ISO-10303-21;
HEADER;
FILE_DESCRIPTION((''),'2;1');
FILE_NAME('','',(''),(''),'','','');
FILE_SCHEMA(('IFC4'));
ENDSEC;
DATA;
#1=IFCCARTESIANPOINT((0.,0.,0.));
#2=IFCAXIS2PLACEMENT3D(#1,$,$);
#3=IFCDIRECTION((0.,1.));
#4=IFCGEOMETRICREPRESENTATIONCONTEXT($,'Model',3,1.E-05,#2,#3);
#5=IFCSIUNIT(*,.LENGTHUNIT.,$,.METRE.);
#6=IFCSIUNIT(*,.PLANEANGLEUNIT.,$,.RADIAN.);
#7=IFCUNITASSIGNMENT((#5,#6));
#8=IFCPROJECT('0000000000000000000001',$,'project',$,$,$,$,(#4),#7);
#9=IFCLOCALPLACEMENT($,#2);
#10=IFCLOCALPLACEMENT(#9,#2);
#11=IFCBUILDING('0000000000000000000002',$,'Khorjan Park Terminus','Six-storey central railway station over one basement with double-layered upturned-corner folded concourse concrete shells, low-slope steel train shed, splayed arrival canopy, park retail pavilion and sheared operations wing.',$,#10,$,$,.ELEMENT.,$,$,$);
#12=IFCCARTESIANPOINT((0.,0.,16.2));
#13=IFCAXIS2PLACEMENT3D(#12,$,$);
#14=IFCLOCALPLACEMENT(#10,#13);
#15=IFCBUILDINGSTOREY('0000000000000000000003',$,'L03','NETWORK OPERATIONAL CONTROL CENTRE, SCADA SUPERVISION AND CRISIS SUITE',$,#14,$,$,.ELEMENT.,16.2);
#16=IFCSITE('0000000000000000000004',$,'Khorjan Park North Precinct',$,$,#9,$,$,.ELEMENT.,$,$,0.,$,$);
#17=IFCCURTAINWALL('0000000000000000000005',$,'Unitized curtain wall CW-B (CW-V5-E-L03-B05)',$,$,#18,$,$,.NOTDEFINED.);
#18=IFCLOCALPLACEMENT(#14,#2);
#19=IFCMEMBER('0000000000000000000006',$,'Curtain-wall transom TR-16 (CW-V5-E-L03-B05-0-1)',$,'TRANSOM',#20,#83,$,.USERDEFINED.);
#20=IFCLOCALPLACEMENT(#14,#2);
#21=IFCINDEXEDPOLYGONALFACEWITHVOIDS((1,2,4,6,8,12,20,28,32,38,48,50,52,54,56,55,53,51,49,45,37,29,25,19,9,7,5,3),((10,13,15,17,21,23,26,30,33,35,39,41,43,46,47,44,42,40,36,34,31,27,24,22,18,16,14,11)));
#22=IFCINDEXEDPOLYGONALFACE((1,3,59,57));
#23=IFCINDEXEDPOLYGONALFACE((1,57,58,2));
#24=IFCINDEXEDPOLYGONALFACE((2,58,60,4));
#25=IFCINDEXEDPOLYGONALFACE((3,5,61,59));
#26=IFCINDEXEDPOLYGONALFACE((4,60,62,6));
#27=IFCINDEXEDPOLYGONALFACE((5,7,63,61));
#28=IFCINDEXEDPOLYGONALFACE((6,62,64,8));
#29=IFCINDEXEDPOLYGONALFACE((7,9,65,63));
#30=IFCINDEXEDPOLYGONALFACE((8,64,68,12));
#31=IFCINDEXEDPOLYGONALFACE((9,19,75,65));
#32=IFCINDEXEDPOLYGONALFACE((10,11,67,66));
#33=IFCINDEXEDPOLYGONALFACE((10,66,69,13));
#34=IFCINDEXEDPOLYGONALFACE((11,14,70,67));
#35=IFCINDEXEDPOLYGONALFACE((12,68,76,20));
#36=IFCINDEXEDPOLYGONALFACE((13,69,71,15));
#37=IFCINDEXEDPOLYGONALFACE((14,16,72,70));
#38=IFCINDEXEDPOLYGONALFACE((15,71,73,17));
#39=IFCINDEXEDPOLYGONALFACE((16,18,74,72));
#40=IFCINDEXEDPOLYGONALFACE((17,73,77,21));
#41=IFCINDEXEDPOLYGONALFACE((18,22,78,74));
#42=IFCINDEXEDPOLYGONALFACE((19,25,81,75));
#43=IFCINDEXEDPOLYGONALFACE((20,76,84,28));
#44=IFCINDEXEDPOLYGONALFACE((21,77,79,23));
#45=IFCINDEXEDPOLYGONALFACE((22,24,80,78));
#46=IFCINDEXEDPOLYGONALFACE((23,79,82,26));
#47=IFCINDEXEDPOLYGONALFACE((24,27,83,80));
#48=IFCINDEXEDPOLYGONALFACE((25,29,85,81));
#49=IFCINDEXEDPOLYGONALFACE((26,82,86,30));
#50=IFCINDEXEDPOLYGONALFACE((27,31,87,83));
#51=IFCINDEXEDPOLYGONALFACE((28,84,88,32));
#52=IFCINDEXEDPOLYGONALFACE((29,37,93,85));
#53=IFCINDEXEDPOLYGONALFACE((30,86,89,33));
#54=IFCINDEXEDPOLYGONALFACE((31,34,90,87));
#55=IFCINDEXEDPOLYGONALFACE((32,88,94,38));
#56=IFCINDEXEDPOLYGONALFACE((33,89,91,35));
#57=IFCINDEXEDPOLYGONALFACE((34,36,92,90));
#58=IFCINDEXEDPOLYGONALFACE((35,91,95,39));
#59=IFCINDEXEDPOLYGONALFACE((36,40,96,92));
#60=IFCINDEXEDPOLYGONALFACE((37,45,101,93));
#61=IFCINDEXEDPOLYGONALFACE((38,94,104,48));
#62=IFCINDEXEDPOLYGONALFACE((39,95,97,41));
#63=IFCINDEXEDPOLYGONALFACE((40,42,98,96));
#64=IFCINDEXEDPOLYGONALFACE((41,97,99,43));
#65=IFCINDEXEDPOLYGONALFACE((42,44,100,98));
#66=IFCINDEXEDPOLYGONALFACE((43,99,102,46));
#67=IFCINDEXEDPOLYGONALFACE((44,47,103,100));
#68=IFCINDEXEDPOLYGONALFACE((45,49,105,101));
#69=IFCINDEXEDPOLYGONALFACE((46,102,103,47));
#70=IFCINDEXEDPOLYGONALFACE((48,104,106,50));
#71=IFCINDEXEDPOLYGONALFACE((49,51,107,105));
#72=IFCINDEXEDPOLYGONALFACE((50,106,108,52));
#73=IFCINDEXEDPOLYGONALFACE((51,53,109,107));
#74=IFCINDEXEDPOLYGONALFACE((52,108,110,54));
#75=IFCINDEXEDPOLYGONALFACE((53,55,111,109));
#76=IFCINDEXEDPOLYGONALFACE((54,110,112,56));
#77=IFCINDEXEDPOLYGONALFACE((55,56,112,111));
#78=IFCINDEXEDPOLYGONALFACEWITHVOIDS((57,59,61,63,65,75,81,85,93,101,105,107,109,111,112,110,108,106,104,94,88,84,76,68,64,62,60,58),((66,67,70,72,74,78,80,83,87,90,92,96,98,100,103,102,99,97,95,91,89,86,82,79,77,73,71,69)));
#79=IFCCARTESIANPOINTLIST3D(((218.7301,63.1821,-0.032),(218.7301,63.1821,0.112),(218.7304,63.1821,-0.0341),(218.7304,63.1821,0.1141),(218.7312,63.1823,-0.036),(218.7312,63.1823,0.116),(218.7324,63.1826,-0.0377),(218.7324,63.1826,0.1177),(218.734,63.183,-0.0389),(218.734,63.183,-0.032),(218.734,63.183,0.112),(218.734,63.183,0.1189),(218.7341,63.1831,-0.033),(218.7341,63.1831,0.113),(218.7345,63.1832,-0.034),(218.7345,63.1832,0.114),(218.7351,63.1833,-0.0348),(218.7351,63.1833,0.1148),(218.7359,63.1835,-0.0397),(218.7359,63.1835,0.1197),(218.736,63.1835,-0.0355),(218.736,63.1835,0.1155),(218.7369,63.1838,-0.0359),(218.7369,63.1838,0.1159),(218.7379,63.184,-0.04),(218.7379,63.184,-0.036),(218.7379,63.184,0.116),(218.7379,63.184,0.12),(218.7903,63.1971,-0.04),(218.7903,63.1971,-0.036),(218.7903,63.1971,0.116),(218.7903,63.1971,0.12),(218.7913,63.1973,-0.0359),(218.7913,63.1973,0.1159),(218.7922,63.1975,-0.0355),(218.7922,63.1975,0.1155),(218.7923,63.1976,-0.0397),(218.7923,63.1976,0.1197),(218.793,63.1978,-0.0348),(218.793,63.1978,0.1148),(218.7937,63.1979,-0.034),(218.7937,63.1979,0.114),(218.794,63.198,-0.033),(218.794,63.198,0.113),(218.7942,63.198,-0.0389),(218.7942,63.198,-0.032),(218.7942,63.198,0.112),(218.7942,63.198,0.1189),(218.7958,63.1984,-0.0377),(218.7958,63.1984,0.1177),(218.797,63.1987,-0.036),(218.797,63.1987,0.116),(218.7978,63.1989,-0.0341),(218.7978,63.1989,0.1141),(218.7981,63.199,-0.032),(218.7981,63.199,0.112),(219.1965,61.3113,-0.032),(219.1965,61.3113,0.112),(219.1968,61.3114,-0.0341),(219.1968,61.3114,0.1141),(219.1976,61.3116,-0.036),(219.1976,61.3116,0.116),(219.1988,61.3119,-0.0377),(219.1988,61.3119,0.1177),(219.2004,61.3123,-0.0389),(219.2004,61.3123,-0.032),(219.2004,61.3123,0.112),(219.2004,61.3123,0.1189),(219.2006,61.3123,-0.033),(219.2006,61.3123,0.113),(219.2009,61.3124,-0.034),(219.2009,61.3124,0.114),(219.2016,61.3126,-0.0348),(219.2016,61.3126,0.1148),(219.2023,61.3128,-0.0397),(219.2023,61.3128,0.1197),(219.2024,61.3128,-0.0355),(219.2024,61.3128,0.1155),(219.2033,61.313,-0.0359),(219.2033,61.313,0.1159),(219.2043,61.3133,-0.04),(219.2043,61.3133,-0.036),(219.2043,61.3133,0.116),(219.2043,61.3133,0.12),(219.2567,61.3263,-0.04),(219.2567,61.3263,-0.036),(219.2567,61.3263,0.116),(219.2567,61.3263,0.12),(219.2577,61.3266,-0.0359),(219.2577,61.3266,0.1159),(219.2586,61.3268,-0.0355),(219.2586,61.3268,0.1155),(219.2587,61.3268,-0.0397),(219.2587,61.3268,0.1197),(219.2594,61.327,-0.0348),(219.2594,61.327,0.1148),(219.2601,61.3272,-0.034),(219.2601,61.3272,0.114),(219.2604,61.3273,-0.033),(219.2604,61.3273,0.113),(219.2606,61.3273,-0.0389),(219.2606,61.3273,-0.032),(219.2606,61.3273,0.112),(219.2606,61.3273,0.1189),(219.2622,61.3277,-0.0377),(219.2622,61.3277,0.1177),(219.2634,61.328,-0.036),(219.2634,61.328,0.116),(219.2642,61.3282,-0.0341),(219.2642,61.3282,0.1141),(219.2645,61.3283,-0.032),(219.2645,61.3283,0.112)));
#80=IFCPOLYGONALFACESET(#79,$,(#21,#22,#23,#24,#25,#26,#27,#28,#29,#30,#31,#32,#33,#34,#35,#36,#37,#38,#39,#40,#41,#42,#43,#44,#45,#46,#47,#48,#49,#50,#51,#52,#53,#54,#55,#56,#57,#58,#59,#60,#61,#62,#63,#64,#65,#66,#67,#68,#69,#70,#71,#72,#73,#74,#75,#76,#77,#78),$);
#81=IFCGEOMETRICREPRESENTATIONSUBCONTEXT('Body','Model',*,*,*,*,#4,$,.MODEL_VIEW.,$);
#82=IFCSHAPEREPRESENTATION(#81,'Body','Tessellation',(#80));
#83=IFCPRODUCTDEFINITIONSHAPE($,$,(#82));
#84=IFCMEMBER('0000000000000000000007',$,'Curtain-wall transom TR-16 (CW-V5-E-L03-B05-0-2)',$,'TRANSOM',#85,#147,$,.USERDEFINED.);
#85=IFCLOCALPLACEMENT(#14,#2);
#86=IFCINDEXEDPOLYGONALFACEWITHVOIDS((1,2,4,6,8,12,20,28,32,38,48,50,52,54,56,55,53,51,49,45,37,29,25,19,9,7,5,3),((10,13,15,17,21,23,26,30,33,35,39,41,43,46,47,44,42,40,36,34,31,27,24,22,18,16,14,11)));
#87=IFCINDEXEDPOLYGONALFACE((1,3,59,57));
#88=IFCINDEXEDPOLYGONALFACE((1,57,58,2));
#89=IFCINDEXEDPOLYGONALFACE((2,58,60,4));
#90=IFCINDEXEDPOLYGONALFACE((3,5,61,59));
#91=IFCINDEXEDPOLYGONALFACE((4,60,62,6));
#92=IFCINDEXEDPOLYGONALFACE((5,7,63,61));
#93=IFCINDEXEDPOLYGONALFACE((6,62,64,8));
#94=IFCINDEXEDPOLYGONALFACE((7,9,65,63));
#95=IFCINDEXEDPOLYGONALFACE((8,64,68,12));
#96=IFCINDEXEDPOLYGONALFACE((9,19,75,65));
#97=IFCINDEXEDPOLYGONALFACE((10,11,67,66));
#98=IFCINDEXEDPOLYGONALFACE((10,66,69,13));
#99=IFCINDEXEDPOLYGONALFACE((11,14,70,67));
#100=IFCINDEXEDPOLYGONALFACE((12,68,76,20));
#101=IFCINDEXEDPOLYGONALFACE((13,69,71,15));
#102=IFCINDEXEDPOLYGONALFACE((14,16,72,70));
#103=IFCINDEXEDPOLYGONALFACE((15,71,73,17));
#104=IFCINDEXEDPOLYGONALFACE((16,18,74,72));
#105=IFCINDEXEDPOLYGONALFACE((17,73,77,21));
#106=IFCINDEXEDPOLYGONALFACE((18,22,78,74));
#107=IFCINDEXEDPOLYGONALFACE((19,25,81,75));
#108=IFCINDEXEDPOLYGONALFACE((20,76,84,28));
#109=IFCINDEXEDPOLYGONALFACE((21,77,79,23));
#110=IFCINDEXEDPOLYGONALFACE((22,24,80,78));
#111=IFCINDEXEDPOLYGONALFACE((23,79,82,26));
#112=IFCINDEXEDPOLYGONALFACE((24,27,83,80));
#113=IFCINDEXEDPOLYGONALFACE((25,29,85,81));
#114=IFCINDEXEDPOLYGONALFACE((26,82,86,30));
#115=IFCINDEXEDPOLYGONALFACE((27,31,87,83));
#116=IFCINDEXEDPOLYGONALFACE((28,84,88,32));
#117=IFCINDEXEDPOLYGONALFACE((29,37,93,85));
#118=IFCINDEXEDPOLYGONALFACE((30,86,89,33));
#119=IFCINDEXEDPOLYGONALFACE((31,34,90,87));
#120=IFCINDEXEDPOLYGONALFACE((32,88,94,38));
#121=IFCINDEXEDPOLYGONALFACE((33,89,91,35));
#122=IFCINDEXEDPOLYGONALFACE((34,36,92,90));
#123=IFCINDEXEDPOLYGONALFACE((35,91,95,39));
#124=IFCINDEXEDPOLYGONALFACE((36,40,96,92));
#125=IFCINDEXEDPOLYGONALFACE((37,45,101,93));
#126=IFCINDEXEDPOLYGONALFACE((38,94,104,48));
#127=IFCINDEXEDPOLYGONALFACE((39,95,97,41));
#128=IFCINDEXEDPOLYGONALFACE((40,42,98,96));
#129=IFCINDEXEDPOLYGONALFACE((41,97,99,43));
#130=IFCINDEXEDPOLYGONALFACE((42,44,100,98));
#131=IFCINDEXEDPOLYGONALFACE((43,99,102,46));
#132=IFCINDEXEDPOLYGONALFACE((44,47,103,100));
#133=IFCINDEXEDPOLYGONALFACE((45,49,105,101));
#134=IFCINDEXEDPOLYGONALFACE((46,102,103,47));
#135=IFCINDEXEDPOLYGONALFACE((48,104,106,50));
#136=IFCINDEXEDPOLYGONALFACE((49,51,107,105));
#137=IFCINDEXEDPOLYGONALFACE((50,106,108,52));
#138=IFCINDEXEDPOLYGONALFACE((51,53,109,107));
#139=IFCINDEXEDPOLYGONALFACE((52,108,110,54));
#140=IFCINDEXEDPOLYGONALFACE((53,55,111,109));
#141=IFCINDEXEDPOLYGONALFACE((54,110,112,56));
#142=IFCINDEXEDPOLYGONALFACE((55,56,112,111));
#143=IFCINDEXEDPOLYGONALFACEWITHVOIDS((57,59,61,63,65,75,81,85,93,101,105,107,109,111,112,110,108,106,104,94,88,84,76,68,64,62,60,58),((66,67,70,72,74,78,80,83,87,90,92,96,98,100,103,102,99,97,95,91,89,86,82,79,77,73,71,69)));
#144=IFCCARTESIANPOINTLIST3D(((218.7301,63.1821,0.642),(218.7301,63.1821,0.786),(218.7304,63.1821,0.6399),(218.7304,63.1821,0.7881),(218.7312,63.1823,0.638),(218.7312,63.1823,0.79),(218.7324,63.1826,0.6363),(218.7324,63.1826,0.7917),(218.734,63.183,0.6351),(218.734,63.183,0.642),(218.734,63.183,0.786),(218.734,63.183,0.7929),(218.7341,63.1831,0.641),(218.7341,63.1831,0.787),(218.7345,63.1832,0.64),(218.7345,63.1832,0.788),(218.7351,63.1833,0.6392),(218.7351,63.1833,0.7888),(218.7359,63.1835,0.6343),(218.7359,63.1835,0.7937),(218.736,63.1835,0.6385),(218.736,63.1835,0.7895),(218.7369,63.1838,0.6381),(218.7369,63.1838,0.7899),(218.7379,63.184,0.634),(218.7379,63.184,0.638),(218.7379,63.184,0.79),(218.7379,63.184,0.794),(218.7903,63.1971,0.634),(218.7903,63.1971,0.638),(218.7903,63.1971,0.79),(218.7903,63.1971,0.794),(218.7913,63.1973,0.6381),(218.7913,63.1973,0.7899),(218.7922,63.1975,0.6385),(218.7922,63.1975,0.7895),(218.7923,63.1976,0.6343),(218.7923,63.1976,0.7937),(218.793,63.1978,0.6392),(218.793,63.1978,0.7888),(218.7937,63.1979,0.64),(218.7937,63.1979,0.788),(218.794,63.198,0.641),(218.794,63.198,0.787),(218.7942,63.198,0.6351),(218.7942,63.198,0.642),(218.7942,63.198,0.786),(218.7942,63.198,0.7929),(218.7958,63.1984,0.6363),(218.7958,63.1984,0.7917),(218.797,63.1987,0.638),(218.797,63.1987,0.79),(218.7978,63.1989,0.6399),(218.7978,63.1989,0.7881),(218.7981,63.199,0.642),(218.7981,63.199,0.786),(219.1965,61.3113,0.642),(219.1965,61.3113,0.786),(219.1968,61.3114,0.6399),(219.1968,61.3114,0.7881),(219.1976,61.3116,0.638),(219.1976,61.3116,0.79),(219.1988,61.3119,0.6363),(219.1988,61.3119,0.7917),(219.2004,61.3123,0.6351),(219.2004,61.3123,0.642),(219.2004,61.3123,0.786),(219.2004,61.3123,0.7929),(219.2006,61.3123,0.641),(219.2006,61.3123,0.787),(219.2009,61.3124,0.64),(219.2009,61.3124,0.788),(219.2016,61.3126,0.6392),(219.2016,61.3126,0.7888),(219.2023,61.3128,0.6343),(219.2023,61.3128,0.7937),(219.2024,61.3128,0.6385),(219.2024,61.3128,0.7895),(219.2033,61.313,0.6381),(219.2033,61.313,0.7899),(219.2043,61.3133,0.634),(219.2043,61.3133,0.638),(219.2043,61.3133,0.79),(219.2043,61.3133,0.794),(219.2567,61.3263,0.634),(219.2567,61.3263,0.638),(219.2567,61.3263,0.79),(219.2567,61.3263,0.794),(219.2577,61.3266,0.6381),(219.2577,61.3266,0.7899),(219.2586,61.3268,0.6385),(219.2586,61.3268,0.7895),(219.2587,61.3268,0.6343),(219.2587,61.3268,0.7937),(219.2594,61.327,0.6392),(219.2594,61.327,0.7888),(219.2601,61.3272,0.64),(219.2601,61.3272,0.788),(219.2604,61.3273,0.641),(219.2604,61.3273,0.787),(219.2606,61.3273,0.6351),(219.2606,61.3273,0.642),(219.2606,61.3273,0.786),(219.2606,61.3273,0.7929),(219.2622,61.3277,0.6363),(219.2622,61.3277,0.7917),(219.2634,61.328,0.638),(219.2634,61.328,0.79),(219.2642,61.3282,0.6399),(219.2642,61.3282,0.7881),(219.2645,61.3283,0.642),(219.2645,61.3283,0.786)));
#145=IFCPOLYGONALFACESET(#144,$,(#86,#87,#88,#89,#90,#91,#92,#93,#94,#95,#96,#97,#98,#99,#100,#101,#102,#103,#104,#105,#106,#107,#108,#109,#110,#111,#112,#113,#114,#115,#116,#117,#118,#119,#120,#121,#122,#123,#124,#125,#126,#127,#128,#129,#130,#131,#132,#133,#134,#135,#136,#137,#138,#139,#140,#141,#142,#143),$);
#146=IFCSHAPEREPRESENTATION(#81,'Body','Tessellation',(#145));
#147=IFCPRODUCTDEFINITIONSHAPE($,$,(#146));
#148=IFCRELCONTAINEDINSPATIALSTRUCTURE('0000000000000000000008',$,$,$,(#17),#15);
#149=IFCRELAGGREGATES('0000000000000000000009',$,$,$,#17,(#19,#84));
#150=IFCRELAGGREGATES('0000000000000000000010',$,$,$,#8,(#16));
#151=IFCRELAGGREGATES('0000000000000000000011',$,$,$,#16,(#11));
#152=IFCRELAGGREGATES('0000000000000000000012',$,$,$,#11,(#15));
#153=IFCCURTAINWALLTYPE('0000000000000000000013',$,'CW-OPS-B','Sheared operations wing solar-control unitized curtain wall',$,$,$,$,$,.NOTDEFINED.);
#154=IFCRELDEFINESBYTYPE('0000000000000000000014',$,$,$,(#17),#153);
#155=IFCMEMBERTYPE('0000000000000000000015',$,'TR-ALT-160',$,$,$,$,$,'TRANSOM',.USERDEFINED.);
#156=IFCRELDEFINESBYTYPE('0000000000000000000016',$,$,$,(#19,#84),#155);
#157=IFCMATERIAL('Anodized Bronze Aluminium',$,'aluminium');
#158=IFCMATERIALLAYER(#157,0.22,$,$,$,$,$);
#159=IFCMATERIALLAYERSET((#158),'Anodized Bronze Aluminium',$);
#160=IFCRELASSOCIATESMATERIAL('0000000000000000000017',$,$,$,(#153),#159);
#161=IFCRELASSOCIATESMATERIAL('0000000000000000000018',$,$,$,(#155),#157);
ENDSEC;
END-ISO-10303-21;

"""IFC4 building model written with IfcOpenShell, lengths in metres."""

from ifc_helpers import new_model, si_unit, direction, frame, origin, origin_2d, place, context, subcontext, project, spatial, hollow_rectangle, extrude, material, layer, layer_set, material_profile, profile_set, type_object, element, aggregate, save


model = new_model("IFC4")

# Units and contexts
model_context = context("Model", 3, precision=1e-05, world=origin(), true_north=direction((0.0, 1.0)))
body_context = subcontext(model_context, "Body", "Model", "MODEL_VIEW")
ifc_project = project(units=[si_unit("LENGTHUNIT", "METRE"), si_unit("PLANEANGLEUNIT", "RADIAN")], contexts=[model_context])

# Site, building, storey
site_placement = place(None, origin())
site = spatial("IfcSite", under=ifc_project, at=site_placement, Name="Khorjan Park North Precinct", CompositionType="ELEMENT", RefElevation=0.0)
building_placement = place(site_placement, origin())
building = spatial("IfcBuilding", under=site, at=building_placement, Name="Khorjan Park Terminus", Description="Six-storey central railway station over one basement with double-layered upturned-corner folded concourse concrete shells, low-slope steel train shed, splayed arrival canopy, park retail pavilion and sheared operations wing.", CompositionType="ELEMENT")
storey_placement = place(building_placement, frame((0.0, 0.0, 16.2)))
storey = spatial("IfcBuildingStorey", under=building, at=storey_placement, Name="L03", Description="NETWORK OPERATIONAL CONTROL CENTRE, SCADA SUPERVISION AND CRISIS SUITE", CompositionType="ELEMENT", Elevation=16.2)

# Curtain wall, members
ifc_material_1 = material(Name="Anodized Bronze Aluminium", Category="aluminium")
ifc_layer_1 = layer(ifc_material_1, 0.22)
ifc_layer_set_1 = layer_set([ifc_layer_1], Name="Anodized Bronze Aluminium")
curtain_wall_type = type_object("IfcCurtainWallType", Name="CW-OPS-B", Description="Sheared operations wing solar-control unitized curtain wall", PredefinedType="NOTDEFINED", material=ifc_layer_set_1)
curtain_wall_placement = place(storey_placement, origin())
curtain_wall = element("IfcCurtainWall", 1, at=curtain_wall_placement, inside=storey, type_object=curtain_wall_type, Name="Unitized curtain wall CW-B (CW-V5-E-L03-B05)", PredefinedType="NOTDEFINED")
ifc_material_profile_1 = material_profile(ifc_material_1, hollow_rectangle(XDim=0.07, YDim=0.16, WallThickness=0.004, InnerFilletRadius=0.004, OuterFilletRadius=0.008, at=origin_2d()), Name="ALT 70x160x4")
ifc_profile_set_1 = profile_set([ifc_material_profile_1], Name="Anodized Bronze Aluminium")
member_type_1 = type_object("IfcMemberType", Name="TR-ALT-160", ElementType="TRANSOM", PredefinedType="USERDEFINED", material=ifc_profile_set_1)
member_1_placement = place(storey_placement, frame((219.2305, 61.3198, 0.04), z_axis=(-0.241913, 0.970298, 0.0), x_axis=(-0.970298, -0.241913, 0.0)))
member_1 = element("IfcMember", 2, at=member_1_placement, type_object=member_type_1, Name="Curtain-wall transom TR-16 (CW-V5-E-L03-B05-0-1)", ObjectType="TRANSOM", PredefinedType="USERDEFINED", context=body_context, shape_type="SweptSolid", body=[
    extrude(hollow_rectangle(XDim=0.07, YDim=0.16, WallThickness=0.004, InnerFilletRadius=0.004, OuterFilletRadius=0.008, at=origin_2d()), origin(), (0.0, 0.0, 1.0), 1.928),
])
member_2_placement = place(storey_placement, frame((219.2305, 61.3198, 0.714), z_axis=(-0.241913, 0.970298, 0.0), x_axis=(-0.970298, -0.241913, 0.0)))
member_2 = element("IfcMember", 3, at=member_2_placement, type_object=member_type_1, Name="Curtain-wall transom TR-16 (CW-V5-E-L03-B05-0-2)", ObjectType="TRANSOM", PredefinedType="USERDEFINED", context=body_context, shape_type="SweptSolid", body=[
    extrude(hollow_rectangle(XDim=0.07, YDim=0.16, WallThickness=0.004, InnerFilletRadius=0.004, OuterFilletRadius=0.008, at=origin_2d()), origin(), (0.0, 0.0, 1.0), 1.928),
])
aggregate(curtain_wall, [member_1, member_2])

save(model, "model.ifc")
